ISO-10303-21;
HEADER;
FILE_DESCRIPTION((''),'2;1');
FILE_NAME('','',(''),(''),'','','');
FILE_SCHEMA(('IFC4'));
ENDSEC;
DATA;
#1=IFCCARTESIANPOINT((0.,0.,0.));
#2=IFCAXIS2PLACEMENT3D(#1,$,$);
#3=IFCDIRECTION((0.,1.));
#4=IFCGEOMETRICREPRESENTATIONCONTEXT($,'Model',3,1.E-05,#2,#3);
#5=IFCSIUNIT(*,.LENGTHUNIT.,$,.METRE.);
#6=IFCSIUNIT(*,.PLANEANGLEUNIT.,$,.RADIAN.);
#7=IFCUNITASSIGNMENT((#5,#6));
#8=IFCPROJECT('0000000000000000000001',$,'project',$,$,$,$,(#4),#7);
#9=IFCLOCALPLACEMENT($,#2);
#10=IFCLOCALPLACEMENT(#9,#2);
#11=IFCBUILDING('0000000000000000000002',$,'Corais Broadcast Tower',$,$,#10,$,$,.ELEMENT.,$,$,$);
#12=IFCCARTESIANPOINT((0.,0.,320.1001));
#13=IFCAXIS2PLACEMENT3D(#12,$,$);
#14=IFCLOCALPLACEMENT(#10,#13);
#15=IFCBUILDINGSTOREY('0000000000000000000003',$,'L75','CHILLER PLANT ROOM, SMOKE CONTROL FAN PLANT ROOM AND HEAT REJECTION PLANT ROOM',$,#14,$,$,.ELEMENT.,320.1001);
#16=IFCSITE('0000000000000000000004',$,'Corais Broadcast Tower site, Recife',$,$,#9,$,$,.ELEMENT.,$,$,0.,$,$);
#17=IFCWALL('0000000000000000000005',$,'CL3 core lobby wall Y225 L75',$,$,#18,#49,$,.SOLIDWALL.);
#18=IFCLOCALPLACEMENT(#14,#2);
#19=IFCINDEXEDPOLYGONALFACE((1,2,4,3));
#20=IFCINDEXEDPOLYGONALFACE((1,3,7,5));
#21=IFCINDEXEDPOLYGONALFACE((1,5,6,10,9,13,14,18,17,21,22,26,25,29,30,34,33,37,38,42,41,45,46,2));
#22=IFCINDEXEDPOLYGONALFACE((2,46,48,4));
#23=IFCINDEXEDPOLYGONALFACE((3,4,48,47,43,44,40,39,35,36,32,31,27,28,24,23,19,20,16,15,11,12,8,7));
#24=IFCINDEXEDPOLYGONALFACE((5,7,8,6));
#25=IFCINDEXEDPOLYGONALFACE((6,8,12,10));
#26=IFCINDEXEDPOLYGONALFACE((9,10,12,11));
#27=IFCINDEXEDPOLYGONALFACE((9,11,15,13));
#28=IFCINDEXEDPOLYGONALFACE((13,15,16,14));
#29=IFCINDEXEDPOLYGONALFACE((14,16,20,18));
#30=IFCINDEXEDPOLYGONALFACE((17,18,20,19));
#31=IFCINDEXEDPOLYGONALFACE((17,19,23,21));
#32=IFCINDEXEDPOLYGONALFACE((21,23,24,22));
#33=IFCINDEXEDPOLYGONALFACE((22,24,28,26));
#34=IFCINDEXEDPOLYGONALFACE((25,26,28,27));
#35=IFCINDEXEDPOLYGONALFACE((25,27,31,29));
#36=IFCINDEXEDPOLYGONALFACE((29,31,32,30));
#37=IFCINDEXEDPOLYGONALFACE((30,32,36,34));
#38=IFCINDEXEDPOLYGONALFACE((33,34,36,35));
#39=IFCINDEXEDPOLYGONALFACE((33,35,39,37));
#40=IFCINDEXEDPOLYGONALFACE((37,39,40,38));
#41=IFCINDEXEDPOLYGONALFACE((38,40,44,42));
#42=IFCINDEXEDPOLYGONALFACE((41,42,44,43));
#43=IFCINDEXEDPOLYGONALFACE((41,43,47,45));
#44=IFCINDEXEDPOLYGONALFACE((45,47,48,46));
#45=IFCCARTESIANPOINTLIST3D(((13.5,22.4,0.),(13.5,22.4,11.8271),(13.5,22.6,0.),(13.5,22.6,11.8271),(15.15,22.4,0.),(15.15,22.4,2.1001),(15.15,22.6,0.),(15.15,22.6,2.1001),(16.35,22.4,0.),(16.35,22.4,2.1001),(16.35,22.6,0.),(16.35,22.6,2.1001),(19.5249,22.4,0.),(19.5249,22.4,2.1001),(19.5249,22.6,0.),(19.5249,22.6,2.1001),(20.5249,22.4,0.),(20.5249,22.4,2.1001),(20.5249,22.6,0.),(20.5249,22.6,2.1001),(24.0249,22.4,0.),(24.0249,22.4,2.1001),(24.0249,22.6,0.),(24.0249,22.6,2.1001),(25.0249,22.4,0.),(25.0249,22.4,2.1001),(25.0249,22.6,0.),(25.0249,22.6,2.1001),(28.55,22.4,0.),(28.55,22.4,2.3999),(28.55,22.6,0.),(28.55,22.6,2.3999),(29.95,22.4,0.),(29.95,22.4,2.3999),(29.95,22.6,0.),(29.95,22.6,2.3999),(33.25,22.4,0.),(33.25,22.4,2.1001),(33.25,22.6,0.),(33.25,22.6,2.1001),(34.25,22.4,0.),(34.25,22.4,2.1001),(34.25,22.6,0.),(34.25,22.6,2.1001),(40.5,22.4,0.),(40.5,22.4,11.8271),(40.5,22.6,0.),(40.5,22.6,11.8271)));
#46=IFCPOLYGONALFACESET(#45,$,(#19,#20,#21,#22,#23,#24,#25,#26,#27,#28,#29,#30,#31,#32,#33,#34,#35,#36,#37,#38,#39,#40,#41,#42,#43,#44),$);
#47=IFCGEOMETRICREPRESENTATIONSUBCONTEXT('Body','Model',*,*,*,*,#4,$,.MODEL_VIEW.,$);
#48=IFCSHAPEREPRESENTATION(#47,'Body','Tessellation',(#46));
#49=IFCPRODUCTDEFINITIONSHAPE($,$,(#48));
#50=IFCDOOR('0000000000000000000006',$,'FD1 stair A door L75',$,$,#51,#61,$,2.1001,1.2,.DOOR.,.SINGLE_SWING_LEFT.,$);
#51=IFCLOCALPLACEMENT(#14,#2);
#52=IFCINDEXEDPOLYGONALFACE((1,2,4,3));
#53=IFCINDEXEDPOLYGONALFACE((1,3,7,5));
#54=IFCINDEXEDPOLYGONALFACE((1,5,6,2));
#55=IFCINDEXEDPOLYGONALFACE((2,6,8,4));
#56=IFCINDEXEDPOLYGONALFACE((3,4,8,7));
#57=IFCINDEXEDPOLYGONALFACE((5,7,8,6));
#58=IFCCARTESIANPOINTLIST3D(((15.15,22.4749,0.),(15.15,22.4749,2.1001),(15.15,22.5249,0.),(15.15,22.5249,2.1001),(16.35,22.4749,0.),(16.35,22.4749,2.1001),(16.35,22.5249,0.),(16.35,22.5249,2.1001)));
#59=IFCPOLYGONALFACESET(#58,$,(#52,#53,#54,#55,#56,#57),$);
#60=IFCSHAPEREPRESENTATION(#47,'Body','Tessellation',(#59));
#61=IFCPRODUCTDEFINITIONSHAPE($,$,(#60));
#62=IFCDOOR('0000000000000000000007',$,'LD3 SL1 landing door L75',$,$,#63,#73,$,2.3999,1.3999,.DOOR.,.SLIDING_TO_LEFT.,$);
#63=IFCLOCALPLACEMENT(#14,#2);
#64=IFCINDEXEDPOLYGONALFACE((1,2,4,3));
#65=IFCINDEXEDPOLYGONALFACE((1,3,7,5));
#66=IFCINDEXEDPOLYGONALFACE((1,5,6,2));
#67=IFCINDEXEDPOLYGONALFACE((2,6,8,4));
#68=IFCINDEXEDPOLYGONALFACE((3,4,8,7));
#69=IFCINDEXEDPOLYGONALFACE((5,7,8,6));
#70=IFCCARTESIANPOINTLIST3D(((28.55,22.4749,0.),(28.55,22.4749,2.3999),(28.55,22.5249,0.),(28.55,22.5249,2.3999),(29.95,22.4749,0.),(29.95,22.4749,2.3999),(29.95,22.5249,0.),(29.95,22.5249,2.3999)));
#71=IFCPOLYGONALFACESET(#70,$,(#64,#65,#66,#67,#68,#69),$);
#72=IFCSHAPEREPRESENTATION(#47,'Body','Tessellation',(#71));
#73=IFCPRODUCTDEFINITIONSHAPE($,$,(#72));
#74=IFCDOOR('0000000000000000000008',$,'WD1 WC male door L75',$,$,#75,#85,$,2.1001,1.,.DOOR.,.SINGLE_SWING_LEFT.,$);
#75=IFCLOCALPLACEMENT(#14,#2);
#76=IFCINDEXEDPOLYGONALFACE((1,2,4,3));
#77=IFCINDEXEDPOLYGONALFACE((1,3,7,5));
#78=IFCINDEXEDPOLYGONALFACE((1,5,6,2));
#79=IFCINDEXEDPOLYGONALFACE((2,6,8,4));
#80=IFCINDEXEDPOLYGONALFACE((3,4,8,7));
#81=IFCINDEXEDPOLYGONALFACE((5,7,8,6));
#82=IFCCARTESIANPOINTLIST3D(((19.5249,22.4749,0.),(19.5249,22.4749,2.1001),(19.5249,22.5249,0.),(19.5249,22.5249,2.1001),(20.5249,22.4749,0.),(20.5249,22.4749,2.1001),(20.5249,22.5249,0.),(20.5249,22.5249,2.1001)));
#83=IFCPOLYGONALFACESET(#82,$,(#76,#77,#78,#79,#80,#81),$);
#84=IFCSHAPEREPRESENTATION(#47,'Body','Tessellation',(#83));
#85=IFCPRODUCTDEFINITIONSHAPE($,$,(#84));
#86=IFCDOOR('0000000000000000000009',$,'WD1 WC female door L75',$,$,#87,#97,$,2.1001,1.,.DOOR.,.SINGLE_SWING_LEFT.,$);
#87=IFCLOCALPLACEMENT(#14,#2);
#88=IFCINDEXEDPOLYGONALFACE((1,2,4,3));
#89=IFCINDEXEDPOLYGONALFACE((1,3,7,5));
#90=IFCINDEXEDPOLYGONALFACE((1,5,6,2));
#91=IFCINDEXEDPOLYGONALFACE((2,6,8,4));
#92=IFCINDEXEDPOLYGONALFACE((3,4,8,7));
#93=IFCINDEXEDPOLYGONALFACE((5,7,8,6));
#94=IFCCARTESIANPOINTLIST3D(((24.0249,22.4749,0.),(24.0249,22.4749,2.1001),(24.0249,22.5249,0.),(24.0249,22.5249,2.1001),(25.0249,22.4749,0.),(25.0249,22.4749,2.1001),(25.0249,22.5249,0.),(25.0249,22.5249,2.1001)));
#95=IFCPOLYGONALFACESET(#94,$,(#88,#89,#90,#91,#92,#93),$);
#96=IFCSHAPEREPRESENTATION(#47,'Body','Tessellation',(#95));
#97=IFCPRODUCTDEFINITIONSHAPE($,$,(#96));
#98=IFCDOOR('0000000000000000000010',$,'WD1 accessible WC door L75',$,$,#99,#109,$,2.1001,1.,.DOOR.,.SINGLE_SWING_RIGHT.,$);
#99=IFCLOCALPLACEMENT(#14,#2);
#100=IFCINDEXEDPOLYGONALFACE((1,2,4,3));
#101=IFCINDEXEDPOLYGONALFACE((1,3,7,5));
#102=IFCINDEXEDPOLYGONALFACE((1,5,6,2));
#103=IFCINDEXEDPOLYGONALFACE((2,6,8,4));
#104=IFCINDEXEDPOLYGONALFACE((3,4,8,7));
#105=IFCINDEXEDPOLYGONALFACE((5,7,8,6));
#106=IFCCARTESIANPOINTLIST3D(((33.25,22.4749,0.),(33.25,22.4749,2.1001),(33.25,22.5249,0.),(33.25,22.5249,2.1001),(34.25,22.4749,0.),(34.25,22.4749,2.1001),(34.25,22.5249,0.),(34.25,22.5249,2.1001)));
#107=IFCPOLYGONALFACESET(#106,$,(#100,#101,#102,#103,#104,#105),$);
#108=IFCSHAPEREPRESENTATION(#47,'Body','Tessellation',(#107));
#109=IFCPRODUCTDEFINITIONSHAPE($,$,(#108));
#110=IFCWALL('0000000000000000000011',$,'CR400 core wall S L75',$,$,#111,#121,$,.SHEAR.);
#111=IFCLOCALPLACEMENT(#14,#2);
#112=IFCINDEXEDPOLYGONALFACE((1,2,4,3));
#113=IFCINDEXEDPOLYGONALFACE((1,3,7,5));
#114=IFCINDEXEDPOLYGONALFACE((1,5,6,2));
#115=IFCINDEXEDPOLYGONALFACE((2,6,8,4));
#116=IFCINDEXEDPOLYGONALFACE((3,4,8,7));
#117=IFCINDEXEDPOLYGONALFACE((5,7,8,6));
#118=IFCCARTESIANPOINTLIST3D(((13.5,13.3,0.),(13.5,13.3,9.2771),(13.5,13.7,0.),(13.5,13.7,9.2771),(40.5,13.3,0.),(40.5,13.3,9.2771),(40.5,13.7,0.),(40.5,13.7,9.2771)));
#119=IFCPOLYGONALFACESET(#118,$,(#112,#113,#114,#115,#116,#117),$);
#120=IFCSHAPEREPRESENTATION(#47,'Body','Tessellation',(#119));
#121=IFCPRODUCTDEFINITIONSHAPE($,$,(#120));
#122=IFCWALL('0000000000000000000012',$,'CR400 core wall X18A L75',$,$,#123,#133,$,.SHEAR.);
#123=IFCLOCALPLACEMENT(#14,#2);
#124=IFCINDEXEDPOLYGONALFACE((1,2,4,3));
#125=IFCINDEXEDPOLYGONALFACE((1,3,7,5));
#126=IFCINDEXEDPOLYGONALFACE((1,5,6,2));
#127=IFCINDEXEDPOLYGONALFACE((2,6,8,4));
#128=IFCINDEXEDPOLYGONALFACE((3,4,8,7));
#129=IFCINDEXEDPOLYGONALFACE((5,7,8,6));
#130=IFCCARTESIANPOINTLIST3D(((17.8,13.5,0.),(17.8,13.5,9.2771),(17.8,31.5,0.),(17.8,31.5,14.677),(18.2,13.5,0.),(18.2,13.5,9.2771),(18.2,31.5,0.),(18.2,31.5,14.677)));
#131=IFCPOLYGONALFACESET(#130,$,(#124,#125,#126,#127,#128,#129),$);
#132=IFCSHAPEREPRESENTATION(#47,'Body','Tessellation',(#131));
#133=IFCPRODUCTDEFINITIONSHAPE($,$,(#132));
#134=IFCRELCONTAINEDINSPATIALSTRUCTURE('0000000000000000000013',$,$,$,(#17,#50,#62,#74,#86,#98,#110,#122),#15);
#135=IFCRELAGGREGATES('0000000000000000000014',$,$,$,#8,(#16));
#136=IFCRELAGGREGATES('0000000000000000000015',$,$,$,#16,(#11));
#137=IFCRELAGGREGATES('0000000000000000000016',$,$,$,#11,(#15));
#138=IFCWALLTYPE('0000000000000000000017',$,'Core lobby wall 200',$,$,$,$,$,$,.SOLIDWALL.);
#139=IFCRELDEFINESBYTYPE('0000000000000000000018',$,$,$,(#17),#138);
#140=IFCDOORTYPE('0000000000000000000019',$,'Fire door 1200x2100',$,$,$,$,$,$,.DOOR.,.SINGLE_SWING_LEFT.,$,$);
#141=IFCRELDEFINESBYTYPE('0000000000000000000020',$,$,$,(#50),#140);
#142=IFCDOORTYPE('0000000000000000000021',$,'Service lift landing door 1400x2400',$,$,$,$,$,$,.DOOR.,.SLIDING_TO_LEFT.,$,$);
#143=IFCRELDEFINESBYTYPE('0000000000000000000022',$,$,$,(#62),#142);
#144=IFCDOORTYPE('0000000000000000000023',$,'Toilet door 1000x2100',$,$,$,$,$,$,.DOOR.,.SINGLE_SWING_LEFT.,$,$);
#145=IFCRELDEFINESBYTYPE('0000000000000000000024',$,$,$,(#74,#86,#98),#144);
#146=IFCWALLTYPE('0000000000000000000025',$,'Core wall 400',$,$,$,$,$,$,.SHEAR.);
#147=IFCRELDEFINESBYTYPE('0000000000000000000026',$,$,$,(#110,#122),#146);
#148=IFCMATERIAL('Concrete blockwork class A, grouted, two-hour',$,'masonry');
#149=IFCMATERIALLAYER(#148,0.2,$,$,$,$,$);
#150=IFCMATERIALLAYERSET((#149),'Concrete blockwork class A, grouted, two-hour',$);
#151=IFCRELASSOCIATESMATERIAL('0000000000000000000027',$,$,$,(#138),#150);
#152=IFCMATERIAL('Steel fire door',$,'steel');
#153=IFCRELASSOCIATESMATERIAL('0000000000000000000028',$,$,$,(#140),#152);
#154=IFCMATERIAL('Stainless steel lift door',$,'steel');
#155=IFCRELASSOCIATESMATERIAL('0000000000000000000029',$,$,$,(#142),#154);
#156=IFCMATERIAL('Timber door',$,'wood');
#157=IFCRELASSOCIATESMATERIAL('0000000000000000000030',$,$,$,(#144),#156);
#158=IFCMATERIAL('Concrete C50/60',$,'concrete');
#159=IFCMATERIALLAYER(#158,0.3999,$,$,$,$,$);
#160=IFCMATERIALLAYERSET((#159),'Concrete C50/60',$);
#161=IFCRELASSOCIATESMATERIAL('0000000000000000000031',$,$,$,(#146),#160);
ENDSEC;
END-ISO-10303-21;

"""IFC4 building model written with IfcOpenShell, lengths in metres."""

from ifc_helpers import new_model, si_unit, direction, frame, frame_2d, origin, place, context, subcontext, project, spatial, polyline, rectangle, outline, extrude, material, layer, layer_set, type_object, element, fill, save


model = new_model("IFC4")

# Units and contexts
model_context = context("Model", 3, precision=1e-05, world=origin(), true_north=direction((0.0, 1.0)))
body_context = subcontext(model_context, "Body", "Model", "MODEL_VIEW")
ifc_project = project(units=[si_unit("LENGTHUNIT", "METRE"), si_unit("PLANEANGLEUNIT", "RADIAN")], contexts=[model_context])

# Site, building, storey
site_placement = place(None, origin())
site = spatial("IfcSite", under=ifc_project, at=site_placement, Name="Corais Broadcast Tower site, Recife", CompositionType="ELEMENT", RefElevation=0.0)
building_placement = place(site_placement, origin())
building = spatial("IfcBuilding", under=site, at=building_placement, Name="Corais Broadcast Tower", CompositionType="ELEMENT")
storey_placement = place(building_placement, frame((0.0, 0.0, 320.1001)))
storey = spatial("IfcBuildingStorey", under=building, at=storey_placement, Name="L75", Description="CHILLER PLANT ROOM, SMOKE CONTROL FAN PLANT ROOM AND HEAT REJECTION PLANT ROOM", CompositionType="ELEMENT", Elevation=320.1001)

# Wall, openings, doors
ifc_material_1 = material(Name="Concrete blockwork class A, grouted, two-hour", Category="masonry")
ifc_layer_1 = layer(ifc_material_1, 0.2)
ifc_layer_set_1 = layer_set([ifc_layer_1], Name="Concrete blockwork class A, grouted, two-hour")
wall_type_1 = type_object("IfcWallType", Name="Core lobby wall 200", PredefinedType="SOLIDWALL", material=ifc_layer_set_1)
wall_1_placement = place(storey_placement, frame((13.5, 22.5, 0.0), z_axis=(0.0, 0.0, 1.0), x_axis=(1.0, 0.0, 0.0)))
wall_1 = element("IfcWall", 1, at=wall_1_placement, inside=storey, type_object=wall_type_1, Name="CL3 core lobby wall Y225 L75", PredefinedType="SOLIDWALL", context=body_context, shape_type="SweptSolid", body=[
    extrude(rectangle(XDim=27.0, YDim=0.2, at=frame_2d((13.5, 0.0))), origin(), (0.0, 0.0, 1.0), 11.8271),
])
opening_1_placement = place(wall_1_placement, frame((1.6499, 0.0, 0.0)))
opening_1 = element("IfcOpeningElement", 2, at=opening_1_placement, cuts=wall_1, PredefinedType="OPENING", context=body_context, shape_type="SweptSolid", body=[
    extrude(rectangle(XDim=1.2, YDim=2.1001, at=frame_2d((0.6001, 1.05))), frame((0.0, 0.1099, 0.0), z_axis=(0.0, -1.0, 0.0), x_axis=(1.0, 0.0, 0.0)), (0.0, 0.0, 1.0), 0.22),
])
opening_2_placement = place(wall_1_placement, frame((6.0249, 0.0, 0.0)))
opening_2 = element("IfcOpeningElement", 3, at=opening_2_placement, cuts=wall_1, PredefinedType="OPENING", context=body_context, shape_type="SweptSolid", body=[
    extrude(rectangle(XDim=1.0, YDim=2.1001, at=frame_2d((0.5, 1.05))), frame((0.0, 0.1099, 0.0), z_axis=(0.0, -1.0, 0.0), x_axis=(1.0, 0.0, 0.0)), (0.0, 0.0, 1.0), 0.22),
])
opening_3_placement = place(wall_1_placement, frame((10.5249, 0.0, 0.0)))
opening_3 = element("IfcOpeningElement", 4, at=opening_3_placement, cuts=wall_1, PredefinedType="OPENING", context=body_context, shape_type="SweptSolid", body=[
    extrude(rectangle(XDim=1.0, YDim=2.1001, at=frame_2d((0.5, 1.05))), frame((0.0, 0.1099, 0.0), z_axis=(0.0, -1.0, 0.0), x_axis=(1.0, 0.0, 0.0)), (0.0, 0.0, 1.0), 0.22),
])
opening_4_placement = place(wall_1_placement, frame((19.75, 0.0, 0.0)))
opening_4 = element("IfcOpeningElement", 5, at=opening_4_placement, cuts=wall_1, PredefinedType="OPENING", context=body_context, shape_type="SweptSolid", body=[
    extrude(rectangle(XDim=1.0, YDim=2.1001, at=frame_2d((0.5, 1.05))), frame((0.0, 0.1099, 0.0), z_axis=(0.0, -1.0, 0.0), x_axis=(1.0, 0.0, 0.0)), (0.0, 0.0, 1.0), 0.22),
])
opening_5_placement = place(wall_1_placement, frame((15.05, 0.0, 0.0)))
opening_5 = element("IfcOpeningElement", 6, at=opening_5_placement, cuts=wall_1, PredefinedType="OPENING", context=body_context, shape_type="SweptSolid", body=[
    extrude(rectangle(XDim=1.3999, YDim=2.3999, at=frame_2d((0.7, 1.2))), frame((0.0, 0.1099, 0.0), z_axis=(0.0, -1.0, 0.0), x_axis=(1.0, 0.0, 0.0)), (0.0, 0.0, 1.0), 0.22),
])
ifc_material_2 = material(Name="Steel fire door", Category="steel")
door_type_1 = type_object("IfcDoorType", Name="Fire door 1200x2100", OperationType="SINGLE_SWING_LEFT", PredefinedType="DOOR", material=ifc_material_2)
door_1_placement = place(opening_1_placement, origin())
door_1 = element("IfcDoor", 7, at=door_1_placement, inside=storey, type_object=door_type_1, Name="FD1 stair A door L75", OperationType="SINGLE_SWING_LEFT", OverallHeight=2.1001, OverallWidth=1.2, PredefinedType="DOOR", context=body_context, shape_type="SweptSolid", body=[
    extrude(rectangle(XDim=1.2, YDim=2.1001, at=frame_2d((0.6001, 1.05))), frame((0.0, 0.0249, 0.0), z_axis=(0.0, -1.0, 0.0), x_axis=(1.0, 0.0, 0.0)), (0.0, 0.0, 1.0), 0.05),
])
fill(opening_1, door_1)
ifc_material_3 = material(Name="Stainless steel lift door", Category="steel")
door_type_2 = type_object("IfcDoorType", Name="Service lift landing door 1400x2400", OperationType="SLIDING_TO_LEFT", PredefinedType="DOOR", material=ifc_material_3)
door_2_placement = place(opening_5_placement, origin())
door_2 = element("IfcDoor", 8, at=door_2_placement, inside=storey, type_object=door_type_2, Name="LD3 SL1 landing door L75", OperationType="SLIDING_TO_LEFT", OverallHeight=2.3999, OverallWidth=1.3999, PredefinedType="DOOR", context=body_context, shape_type="SweptSolid", body=[
    extrude(rectangle(XDim=1.3999, YDim=2.3999, at=frame_2d((0.7, 1.2))), frame((0.0, 0.0249, 0.0), z_axis=(0.0, -1.0, 0.0), x_axis=(1.0, 0.0, 0.0)), (0.0, 0.0, 1.0), 0.05),
])
fill(opening_5, door_2)
ifc_material_4 = material(Name="Timber door", Category="wood")
door_type_3 = type_object("IfcDoorType", Name="Toilet door 1000x2100", OperationType="SINGLE_SWING_LEFT", PredefinedType="DOOR", material=ifc_material_4)
door_3_placement = place(opening_2_placement, origin())
door_3 = element("IfcDoor", 9, at=door_3_placement, inside=storey, type_object=door_type_3, Name="WD1 WC male door L75", OperationType="SINGLE_SWING_LEFT", OverallHeight=2.1001, OverallWidth=1.0, PredefinedType="DOOR", context=body_context, shape_type="SweptSolid", body=[
    extrude(rectangle(XDim=1.0, YDim=2.1001, at=frame_2d((0.5, 1.05))), frame((0.0, 0.0249, 0.0), z_axis=(0.0, -1.0, 0.0), x_axis=(1.0, 0.0, 0.0)), (0.0, 0.0, 1.0), 0.05),
])
fill(opening_2, door_3)
door_4_placement = place(opening_3_placement, origin())
door_4 = element("IfcDoor", 10, at=door_4_placement, inside=storey, type_object=door_type_3, Name="WD1 WC female door L75", OperationType="SINGLE_SWING_LEFT", OverallHeight=2.1001, OverallWidth=1.0, PredefinedType="DOOR", context=body_context, shape_type="SweptSolid", body=[
    extrude(rectangle(XDim=1.0, YDim=2.1001, at=frame_2d((0.5, 1.05))), frame((0.0, 0.0249, 0.0), z_axis=(0.0, -1.0, 0.0), x_axis=(1.0, 0.0, 0.0)), (0.0, 0.0, 1.0), 0.05),
])
fill(opening_3, door_4)
door_5_placement = place(opening_4_placement, origin())
door_5 = element("IfcDoor", 11, at=door_5_placement, inside=storey, type_object=door_type_3, Name="WD1 accessible WC door L75", OperationType="SINGLE_SWING_RIGHT", OverallHeight=2.1001, OverallWidth=1.0, PredefinedType="DOOR", context=body_context, shape_type="SweptSolid", body=[
    extrude(rectangle(XDim=1.0, YDim=2.1001, at=frame_2d((0.5, 1.05))), frame((0.0, 0.0249, 0.0), z_axis=(0.0, -1.0, 0.0), x_axis=(1.0, 0.0, 0.0)), (0.0, 0.0, 1.0), 0.05),
])
fill(opening_4, door_5)

# Walls
ifc_material_5 = material(Name="Concrete C50/60", Category="concrete")
ifc_layer_2 = layer(ifc_material_5, 0.3999)
ifc_layer_set_2 = layer_set([ifc_layer_2], Name="Concrete C50/60")
wall_type_2 = type_object("IfcWallType", Name="Core wall 400", PredefinedType="SHEAR", material=ifc_layer_set_2)
wall_2_placement = place(storey_placement, frame((13.5, 13.5, 0.0), z_axis=(0.0, 0.0, 1.0), x_axis=(1.0, 0.0, 0.0)))
element("IfcWall", 12, at=wall_2_placement, inside=storey, type_object=wall_type_2, Name="CR400 core wall S L75", PredefinedType="SHEAR", context=body_context, shape_type="SweptSolid", body=[
    extrude(rectangle(XDim=27.0, YDim=0.3999, at=frame_2d((13.5, 0.0))), origin(), (0.0, 0.0, 1.0), 9.2771),
])
wall_3_placement = place(storey_placement, frame((18.0, 13.5, 0.0), z_axis=(0.0, 0.0, 1.0), x_axis=(0.0, 1.0, 0.0)))
element("IfcWall", 13, at=wall_3_placement, inside=storey, type_object=wall_type_2, Name="CR400 core wall X18A L75", PredefinedType="SHEAR", context=body_context, shape_type="SweptSolid", body=[
    extrude(outline(polyline([(0.0, 0.0), (18.0, 0.0), (18.0, 14.677), (0.0, 9.2771), (0.0, 0.0)])), frame((0.0, 0.2, 0.0), z_axis=(0.0, -1.0, 0.0), x_axis=(1.0, 0.0, 0.0)), (0.0, 0.0, 1.0), 0.3999),
])

save(model, "model.ifc")
